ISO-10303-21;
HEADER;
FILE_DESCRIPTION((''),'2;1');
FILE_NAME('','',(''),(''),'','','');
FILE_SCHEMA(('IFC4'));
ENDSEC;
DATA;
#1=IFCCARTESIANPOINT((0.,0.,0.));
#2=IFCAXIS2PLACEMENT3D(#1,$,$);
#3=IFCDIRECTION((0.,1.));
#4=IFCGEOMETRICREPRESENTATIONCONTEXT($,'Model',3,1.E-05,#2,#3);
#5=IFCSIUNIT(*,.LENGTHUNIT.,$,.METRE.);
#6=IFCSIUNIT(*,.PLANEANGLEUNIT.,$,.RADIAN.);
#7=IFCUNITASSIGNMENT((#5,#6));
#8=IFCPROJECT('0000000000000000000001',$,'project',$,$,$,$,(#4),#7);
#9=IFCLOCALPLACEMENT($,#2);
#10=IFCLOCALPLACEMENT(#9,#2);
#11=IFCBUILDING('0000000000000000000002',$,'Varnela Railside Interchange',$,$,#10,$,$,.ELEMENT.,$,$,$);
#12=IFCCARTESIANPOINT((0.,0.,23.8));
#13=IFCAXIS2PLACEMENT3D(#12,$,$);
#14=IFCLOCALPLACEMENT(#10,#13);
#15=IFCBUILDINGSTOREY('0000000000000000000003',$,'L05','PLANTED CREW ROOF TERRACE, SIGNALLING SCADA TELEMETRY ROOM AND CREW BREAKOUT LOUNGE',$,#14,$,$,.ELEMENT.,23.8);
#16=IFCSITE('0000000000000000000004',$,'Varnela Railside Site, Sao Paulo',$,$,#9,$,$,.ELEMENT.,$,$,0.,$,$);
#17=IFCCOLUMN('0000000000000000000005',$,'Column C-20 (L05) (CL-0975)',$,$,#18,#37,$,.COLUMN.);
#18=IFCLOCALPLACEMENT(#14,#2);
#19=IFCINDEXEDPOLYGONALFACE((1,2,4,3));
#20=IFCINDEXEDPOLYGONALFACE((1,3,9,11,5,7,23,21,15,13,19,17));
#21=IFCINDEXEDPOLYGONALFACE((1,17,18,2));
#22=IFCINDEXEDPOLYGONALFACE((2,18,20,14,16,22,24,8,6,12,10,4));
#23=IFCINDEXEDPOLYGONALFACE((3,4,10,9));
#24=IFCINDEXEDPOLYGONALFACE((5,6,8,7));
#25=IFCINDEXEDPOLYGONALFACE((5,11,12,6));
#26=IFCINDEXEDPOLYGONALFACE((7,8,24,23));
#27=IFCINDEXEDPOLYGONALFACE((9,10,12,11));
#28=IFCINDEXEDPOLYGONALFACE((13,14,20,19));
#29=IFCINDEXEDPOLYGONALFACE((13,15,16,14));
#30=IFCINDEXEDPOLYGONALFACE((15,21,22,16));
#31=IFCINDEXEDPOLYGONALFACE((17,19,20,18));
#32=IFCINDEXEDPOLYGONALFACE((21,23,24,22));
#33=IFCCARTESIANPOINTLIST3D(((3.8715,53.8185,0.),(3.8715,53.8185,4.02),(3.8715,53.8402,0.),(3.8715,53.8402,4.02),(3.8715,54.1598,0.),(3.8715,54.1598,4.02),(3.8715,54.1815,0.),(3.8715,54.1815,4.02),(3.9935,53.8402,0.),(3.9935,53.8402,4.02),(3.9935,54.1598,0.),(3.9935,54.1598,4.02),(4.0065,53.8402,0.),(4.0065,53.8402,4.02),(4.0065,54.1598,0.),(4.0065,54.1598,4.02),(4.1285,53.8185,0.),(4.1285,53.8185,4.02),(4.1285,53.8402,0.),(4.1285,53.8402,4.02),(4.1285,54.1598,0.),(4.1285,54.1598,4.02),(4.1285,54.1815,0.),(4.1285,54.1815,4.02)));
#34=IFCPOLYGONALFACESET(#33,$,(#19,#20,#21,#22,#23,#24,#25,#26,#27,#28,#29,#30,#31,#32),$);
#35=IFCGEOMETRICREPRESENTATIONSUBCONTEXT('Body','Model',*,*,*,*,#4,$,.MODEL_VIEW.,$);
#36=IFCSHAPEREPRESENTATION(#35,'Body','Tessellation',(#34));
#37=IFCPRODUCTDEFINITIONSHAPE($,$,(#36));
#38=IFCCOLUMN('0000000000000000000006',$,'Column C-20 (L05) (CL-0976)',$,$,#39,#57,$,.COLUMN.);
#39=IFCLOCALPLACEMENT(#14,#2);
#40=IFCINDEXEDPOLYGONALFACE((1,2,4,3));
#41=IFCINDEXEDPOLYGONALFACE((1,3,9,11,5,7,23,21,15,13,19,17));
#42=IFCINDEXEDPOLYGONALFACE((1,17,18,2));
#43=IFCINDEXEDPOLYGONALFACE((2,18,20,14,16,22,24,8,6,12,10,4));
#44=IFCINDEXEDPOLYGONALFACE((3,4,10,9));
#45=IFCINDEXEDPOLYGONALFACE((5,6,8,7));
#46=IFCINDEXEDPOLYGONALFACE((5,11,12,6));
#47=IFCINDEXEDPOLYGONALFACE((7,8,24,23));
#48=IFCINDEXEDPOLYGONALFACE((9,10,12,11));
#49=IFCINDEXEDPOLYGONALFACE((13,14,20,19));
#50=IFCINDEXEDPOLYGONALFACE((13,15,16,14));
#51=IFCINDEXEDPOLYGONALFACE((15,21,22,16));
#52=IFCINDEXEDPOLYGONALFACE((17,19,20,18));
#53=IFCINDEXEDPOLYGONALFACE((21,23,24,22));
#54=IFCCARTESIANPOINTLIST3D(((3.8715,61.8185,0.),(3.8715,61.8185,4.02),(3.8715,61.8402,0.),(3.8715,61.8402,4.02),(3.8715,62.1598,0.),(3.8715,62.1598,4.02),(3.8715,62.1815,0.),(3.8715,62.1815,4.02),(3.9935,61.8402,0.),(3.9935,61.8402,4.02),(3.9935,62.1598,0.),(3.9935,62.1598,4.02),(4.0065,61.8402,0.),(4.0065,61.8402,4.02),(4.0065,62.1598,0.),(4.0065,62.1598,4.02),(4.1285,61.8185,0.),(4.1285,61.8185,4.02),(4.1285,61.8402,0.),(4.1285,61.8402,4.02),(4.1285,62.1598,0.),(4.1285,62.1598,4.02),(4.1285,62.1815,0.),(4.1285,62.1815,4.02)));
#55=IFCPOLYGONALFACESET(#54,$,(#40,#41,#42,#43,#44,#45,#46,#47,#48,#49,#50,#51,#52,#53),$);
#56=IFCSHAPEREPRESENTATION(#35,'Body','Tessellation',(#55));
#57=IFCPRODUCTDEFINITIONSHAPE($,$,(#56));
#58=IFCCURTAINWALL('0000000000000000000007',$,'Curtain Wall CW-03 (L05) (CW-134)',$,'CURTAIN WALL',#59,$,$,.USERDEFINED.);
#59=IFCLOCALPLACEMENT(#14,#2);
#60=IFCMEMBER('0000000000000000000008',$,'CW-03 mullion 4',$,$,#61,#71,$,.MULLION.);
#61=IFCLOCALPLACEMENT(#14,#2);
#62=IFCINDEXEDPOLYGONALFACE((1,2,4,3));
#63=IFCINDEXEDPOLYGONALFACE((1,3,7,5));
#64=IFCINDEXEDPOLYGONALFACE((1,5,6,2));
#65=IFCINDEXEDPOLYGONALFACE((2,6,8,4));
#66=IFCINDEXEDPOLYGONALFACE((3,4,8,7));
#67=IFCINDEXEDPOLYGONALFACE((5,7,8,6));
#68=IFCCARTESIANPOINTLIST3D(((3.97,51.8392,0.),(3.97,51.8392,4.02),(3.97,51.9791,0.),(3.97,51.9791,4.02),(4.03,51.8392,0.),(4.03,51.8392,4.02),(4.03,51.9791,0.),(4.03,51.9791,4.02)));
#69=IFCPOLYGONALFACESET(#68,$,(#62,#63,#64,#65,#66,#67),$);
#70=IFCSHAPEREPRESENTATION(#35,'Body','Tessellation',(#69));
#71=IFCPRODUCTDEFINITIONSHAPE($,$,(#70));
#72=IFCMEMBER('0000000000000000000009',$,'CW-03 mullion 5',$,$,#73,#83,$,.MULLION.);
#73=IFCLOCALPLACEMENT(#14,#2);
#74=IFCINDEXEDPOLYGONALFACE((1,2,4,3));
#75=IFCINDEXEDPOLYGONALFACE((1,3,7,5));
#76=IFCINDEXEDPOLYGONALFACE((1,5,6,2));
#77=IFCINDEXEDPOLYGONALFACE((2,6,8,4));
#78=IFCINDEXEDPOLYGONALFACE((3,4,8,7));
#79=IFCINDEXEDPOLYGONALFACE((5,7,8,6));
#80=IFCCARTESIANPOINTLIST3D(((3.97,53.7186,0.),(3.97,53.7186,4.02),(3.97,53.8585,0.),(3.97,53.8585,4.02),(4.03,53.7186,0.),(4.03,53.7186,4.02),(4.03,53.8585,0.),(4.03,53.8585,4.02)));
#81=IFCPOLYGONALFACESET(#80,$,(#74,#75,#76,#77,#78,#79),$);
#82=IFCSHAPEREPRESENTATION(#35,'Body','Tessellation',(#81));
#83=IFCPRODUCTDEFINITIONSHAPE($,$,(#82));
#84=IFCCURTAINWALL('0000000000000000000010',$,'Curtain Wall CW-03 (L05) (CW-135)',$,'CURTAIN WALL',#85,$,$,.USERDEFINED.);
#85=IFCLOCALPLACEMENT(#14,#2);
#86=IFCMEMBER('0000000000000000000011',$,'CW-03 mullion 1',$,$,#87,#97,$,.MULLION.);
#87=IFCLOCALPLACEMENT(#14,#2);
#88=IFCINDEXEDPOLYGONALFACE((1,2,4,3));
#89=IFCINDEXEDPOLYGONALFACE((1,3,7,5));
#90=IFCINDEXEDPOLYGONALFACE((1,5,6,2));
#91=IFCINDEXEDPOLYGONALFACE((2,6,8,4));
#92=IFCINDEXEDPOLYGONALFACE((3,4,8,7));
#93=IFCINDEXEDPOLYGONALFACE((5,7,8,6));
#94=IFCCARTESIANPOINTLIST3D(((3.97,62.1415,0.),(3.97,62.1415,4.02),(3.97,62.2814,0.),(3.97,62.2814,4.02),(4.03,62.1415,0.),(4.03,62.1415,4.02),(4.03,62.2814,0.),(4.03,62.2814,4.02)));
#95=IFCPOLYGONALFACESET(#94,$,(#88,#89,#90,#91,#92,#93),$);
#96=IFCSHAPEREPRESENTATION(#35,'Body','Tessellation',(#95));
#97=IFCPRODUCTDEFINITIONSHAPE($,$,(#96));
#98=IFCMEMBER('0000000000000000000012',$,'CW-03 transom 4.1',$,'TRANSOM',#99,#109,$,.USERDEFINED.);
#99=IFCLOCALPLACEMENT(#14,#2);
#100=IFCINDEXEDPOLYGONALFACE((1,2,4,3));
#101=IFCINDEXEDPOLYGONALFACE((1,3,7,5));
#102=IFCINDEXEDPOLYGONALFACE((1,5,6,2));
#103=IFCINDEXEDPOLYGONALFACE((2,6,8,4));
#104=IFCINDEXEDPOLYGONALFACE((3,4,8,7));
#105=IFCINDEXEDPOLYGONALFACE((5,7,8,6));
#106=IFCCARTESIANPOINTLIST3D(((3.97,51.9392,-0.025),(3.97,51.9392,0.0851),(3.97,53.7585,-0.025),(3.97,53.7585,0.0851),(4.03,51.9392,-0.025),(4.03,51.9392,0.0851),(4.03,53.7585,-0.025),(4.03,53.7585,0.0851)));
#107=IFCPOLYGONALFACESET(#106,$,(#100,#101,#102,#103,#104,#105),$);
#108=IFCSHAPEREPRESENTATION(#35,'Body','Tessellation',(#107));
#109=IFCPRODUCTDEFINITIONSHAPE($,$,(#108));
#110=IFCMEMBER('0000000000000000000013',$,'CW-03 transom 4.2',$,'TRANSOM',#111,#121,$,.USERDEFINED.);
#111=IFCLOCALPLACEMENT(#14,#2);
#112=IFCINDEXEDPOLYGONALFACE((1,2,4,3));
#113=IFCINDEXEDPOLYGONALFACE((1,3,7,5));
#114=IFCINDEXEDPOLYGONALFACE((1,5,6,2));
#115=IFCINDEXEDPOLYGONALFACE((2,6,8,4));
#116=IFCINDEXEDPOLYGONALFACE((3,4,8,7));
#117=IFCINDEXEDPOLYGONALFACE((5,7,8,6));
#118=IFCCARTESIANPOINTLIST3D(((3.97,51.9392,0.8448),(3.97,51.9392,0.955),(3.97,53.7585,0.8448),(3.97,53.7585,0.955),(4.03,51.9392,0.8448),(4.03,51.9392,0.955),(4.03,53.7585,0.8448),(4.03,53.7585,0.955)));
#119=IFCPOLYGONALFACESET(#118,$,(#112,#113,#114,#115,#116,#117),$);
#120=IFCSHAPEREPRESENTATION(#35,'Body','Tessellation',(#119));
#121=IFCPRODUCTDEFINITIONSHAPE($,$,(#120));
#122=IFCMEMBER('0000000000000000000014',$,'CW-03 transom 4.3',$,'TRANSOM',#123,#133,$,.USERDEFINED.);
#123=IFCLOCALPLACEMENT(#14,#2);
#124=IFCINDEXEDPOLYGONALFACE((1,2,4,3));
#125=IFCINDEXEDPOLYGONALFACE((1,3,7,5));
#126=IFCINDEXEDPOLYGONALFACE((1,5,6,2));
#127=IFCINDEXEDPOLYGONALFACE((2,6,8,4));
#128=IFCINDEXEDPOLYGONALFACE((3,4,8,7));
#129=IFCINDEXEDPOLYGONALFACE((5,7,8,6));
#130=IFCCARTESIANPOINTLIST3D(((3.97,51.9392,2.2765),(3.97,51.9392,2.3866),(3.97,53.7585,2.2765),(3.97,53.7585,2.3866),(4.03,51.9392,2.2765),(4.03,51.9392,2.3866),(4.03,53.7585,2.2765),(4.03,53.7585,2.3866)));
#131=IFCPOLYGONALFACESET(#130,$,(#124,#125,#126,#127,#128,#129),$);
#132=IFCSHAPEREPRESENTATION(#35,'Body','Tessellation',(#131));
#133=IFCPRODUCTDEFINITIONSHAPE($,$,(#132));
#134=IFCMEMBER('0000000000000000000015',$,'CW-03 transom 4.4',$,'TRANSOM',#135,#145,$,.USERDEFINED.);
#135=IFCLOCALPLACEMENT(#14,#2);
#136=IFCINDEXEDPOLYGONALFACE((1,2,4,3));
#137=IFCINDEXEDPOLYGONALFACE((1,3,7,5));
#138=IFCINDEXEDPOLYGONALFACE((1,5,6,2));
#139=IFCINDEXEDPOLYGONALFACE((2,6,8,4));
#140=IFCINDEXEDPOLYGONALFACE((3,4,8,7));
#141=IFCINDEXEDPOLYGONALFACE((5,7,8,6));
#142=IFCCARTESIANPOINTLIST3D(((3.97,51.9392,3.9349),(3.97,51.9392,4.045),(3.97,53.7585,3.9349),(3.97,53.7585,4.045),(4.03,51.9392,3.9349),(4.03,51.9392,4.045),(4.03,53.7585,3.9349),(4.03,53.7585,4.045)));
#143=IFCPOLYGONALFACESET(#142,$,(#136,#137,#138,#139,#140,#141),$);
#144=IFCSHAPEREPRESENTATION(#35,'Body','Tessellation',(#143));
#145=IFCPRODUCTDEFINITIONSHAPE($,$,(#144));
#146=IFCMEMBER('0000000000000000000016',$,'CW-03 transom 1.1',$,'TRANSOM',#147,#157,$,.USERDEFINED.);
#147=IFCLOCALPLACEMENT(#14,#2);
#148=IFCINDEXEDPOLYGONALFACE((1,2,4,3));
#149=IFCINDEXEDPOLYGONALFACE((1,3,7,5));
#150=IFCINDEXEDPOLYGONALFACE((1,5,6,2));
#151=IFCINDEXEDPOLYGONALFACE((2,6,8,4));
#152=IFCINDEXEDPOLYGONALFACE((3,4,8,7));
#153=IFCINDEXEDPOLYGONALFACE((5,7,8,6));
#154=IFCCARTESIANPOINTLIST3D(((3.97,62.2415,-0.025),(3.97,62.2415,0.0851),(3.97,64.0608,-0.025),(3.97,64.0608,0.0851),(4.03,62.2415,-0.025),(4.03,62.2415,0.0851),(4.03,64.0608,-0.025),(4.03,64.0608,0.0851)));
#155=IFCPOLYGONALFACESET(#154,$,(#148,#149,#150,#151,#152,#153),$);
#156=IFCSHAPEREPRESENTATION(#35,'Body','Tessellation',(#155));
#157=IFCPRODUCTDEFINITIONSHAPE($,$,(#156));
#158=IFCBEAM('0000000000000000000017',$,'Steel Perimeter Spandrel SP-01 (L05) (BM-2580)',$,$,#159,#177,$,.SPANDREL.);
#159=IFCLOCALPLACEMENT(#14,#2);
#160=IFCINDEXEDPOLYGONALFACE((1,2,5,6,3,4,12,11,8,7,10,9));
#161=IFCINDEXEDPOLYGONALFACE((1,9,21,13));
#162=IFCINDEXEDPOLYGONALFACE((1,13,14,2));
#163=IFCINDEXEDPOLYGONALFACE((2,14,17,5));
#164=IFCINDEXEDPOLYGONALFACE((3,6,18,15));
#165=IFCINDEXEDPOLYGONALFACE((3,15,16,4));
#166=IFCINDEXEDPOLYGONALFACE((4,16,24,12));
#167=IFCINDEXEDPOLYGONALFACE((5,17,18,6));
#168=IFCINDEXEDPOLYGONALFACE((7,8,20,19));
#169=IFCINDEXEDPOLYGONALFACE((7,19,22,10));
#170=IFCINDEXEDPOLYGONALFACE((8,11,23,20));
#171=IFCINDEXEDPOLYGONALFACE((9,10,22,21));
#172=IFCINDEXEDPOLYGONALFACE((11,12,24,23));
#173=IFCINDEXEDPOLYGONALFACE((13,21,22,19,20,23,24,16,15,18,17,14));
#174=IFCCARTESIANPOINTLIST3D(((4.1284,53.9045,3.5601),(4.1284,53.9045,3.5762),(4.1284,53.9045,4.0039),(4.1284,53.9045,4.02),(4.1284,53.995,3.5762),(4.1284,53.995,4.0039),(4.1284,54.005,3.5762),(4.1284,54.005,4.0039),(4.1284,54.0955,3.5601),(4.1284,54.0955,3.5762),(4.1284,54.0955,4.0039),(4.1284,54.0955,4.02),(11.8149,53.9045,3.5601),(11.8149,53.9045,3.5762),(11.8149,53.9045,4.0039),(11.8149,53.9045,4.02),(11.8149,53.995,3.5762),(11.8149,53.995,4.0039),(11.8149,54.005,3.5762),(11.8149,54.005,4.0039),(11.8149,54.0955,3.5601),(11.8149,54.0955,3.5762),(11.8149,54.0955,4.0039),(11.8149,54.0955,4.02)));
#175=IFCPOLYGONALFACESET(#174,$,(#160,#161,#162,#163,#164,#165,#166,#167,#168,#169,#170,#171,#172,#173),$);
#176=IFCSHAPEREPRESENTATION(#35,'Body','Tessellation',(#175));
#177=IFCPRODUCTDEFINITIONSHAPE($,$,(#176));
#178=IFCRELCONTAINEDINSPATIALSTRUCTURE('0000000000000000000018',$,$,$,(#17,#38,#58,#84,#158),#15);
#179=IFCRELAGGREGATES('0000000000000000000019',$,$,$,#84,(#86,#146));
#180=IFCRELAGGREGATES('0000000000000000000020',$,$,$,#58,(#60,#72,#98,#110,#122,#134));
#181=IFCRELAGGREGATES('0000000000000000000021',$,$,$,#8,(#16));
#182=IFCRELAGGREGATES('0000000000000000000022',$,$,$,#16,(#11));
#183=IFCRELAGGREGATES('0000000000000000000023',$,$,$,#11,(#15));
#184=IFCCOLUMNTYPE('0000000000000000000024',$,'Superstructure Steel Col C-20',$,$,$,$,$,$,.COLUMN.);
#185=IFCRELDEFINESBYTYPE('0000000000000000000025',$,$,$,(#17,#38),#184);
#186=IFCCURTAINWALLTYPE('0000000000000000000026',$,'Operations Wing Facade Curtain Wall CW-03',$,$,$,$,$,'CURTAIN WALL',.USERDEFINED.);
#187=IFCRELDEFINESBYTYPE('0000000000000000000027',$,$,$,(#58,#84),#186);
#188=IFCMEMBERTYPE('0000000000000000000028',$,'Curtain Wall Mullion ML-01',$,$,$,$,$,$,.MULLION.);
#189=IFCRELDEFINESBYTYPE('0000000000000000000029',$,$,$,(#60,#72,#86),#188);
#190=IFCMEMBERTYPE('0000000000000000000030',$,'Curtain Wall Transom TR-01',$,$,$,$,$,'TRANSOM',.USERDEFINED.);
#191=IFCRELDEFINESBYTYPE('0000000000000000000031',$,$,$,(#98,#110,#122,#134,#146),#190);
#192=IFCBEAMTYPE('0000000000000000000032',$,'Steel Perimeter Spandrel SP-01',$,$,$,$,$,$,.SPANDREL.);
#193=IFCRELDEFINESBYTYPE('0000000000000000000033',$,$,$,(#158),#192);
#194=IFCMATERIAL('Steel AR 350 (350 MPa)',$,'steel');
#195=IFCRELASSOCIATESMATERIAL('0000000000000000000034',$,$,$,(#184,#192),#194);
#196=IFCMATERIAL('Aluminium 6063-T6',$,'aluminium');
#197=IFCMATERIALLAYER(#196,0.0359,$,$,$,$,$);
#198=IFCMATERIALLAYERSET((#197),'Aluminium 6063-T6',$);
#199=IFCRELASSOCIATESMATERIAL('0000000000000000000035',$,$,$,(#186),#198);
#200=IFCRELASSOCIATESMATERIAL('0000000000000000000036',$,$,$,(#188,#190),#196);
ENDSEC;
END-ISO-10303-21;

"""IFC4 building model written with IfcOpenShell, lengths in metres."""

from ifc_helpers import new_model, si_unit, direction, frame, origin, origin_2d, place, context, subcontext, project, spatial, rectangle, i_section, extrude, material, layer, layer_set, material_profile, profile_set, type_object, element, aggregate, save


model = new_model("IFC4")

# Units and contexts
model_context = context("Model", 3, precision=1e-05, world=origin(), true_north=direction((0.0, 1.0)))
body_context = subcontext(model_context, "Body", "Model", "MODEL_VIEW")
ifc_project = project(units=[si_unit("LENGTHUNIT", "METRE"), si_unit("PLANEANGLEUNIT", "RADIAN")], contexts=[model_context])

# Site, building, storey
site_placement = place(None, origin())
site = spatial("IfcSite", under=ifc_project, at=site_placement, Name="Varnela Railside Site, Sao Paulo", CompositionType="ELEMENT", RefElevation=0.0)
building_placement = place(site_placement, origin())
building = spatial("IfcBuilding", under=site, at=building_placement, Name="Varnela Railside Interchange", CompositionType="ELEMENT")
storey_placement = place(building_placement, frame((0.0, 0.0, 23.8)))
storey = spatial("IfcBuildingStorey", under=building, at=storey_placement, Name="L05", Description="PLANTED CREW ROOF TERRACE, SIGNALLING SCADA TELEMETRY ROOM AND CREW BREAKOUT LOUNGE", CompositionType="ELEMENT", Elevation=23.8)

# Columns
ifc_material_1 = material(Name="Steel AR 350 (350 MPa)", Category="steel")
ifc_material_profile_1 = material_profile(ifc_material_1, i_section(OverallWidth=0.2571, OverallDepth=0.363, WebThickness=0.0129, FlangeThickness=0.0217, at=origin_2d()), Name="W360x122")
ifc_profile_set_1 = profile_set([ifc_material_profile_1], Name="Steel AR 350 (350 MPa)")
column_type = type_object("IfcColumnType", Name="Superstructure Steel Col C-20", PredefinedType="COLUMN", material=ifc_profile_set_1)
for number, where, z_axis, x_axis, name in (
    (1, (4.0, 54.0, 0.0), (0.0, 0.0, 1.0), (1.0, 0.0, 0.0), "Column C-20 (L05) (CL-0975)"),
    (2, (4.0, 62.0, 0.0), (0.0, 0.0, 1.0), (1.0, 0.0, 0.0), "Column C-20 (L05) (CL-0976)"),
):
    element("IfcColumn", number, at=place(storey_placement, frame(where, z_axis=z_axis, x_axis=x_axis)), inside=storey, type_object=column_type, Name=name, PredefinedType="COLUMN", context=body_context, shape_type="SweptSolid", body=[
        extrude(i_section(OverallWidth=0.2571, OverallDepth=0.363, WebThickness=0.0129, FlangeThickness=0.0217, at=origin_2d()), origin(), (0.0, 0.0, 1.0), 4.02),
    ])

# Curtain wall, members
ifc_material_2 = material(Name="Aluminium 6063-T6", Category="aluminium")
ifc_layer_1 = layer(ifc_material_2, 0.0359)
ifc_layer_set_1 = layer_set([ifc_layer_1], Name="Aluminium 6063-T6")
curtain_wall_type = type_object("IfcCurtainWallType", Name="Operations Wing Facade Curtain Wall CW-03", ElementType="CURTAIN WALL", PredefinedType="USERDEFINED", material=ifc_layer_set_1)
curtain_wall_1_placement = place(storey_placement, origin())
curtain_wall_1 = element("IfcCurtainWall", 3, at=curtain_wall_1_placement, inside=storey, type_object=curtain_wall_type, Name="Curtain Wall CW-03 (L05) (CW-134)", ObjectType="CURTAIN WALL", PredefinedType="USERDEFINED")
ifc_material_profile_2 = material_profile(ifc_material_2, rectangle(XDim=0.0601, YDim=0.1399, at=origin_2d()), Name="ALU 60x140")
ifc_profile_set_2 = profile_set([ifc_material_profile_2], Name="Aluminium 6063-T6")
member_type_1 = type_object("IfcMemberType", Name="Curtain Wall Mullion ML-01", PredefinedType="MULLION", material=ifc_profile_set_2)
member_1_placement = place(storey_placement, frame((4.0, 51.9092, 0.0), z_axis=(0.0, 0.0, 1.0), x_axis=(-1.0, 0.0, 0.0)))
member_1 = element("IfcMember", 4, at=member_1_placement, type_object=member_type_1, Name="CW-03 mullion 4", PredefinedType="MULLION", context=body_context, shape_type="SweptSolid", body=[
    extrude(rectangle(XDim=0.0601, YDim=0.1399, at=origin_2d()), origin(), (0.0, 0.0, 1.0), 4.02),
])
member_2_placement = place(storey_placement, frame((4.0, 53.7886, 0.0), z_axis=(0.0, 0.0, 1.0), x_axis=(-1.0, 0.0, 0.0)))
member_2 = element("IfcMember", 5, at=member_2_placement, type_object=member_type_1, Name="CW-03 mullion 5", PredefinedType="MULLION", context=body_context, shape_type="SweptSolid", body=[
    extrude(rectangle(XDim=0.0601, YDim=0.1399, at=origin_2d()), origin(), (0.0, 0.0, 1.0), 4.02),
])

# Curtain wall, member
curtain_wall_2_placement = place(storey_placement, origin())
curtain_wall_2 = element("IfcCurtainWall", 6, at=curtain_wall_2_placement, inside=storey, type_object=curtain_wall_type, Name="Curtain Wall CW-03 (L05) (CW-135)", ObjectType="CURTAIN WALL", PredefinedType="USERDEFINED")
member_3_placement = place(storey_placement, frame((4.0, 62.2114, 0.0), z_axis=(0.0, 0.0, 1.0), x_axis=(-1.0, 0.0, 0.0)))
member_3 = element("IfcMember", 7, at=member_3_placement, type_object=member_type_1, Name="CW-03 mullion 1", PredefinedType="MULLION", context=body_context, shape_type="SweptSolid", body=[
    extrude(rectangle(XDim=0.0601, YDim=0.1399, at=origin_2d()), origin(), (0.0, 0.0, 1.0), 4.02),
])

# Members
ifc_material_profile_3 = material_profile(ifc_material_2, rectangle(XDim=0.0601, YDim=0.1101, at=origin_2d()), Name="ALU 60x110")
ifc_profile_set_3 = profile_set([ifc_material_profile_3], Name="Aluminium 6063-T6")
member_type_2 = type_object("IfcMemberType", Name="Curtain Wall Transom TR-01", ElementType="TRANSOM", PredefinedType="USERDEFINED", material=ifc_profile_set_3)
member_4_placement = place(storey_placement, frame((4.0, 51.9392, 0.03), z_axis=(0.0, 1.0, 0.0), x_axis=(-1.0, 0.0, 0.0)))
member_4 = element("IfcMember", 8, at=member_4_placement, type_object=member_type_2, Name="CW-03 transom 4.1", ObjectType="TRANSOM", PredefinedType="USERDEFINED", context=body_context, shape_type="SweptSolid", body=[
    extrude(rectangle(XDim=0.0601, YDim=0.1101, at=origin_2d()), origin(), (0.0, 0.0, 1.0), 1.8193),
])
member_5_placement = place(storey_placement, frame((4.0, 51.9392, 0.8999), z_axis=(0.0, 1.0, 0.0), x_axis=(-1.0, 0.0, 0.0)))
member_5 = element("IfcMember", 9, at=member_5_placement, type_object=member_type_2, Name="CW-03 transom 4.2", ObjectType="TRANSOM", PredefinedType="USERDEFINED", context=body_context, shape_type="SweptSolid", body=[
    extrude(rectangle(XDim=0.0601, YDim=0.1101, at=origin_2d()), origin(), (0.0, 0.0, 1.0), 1.8193),
])
member_6_placement = place(storey_placement, frame((4.0, 51.9392, 2.3315), z_axis=(0.0, 1.0, 0.0), x_axis=(-1.0, 0.0, 0.0)))
member_6 = element("IfcMember", 10, at=member_6_placement, type_object=member_type_2, Name="CW-03 transom 4.3", ObjectType="TRANSOM", PredefinedType="USERDEFINED", context=body_context, shape_type="SweptSolid", body=[
    extrude(rectangle(XDim=0.0601, YDim=0.1101, at=origin_2d()), origin(), (0.0, 0.0, 1.0), 1.8193),
])
member_7_placement = place(storey_placement, frame((4.0, 51.9392, 3.99), z_axis=(0.0, 1.0, 0.0), x_axis=(-1.0, 0.0, 0.0)))
member_7 = element("IfcMember", 11, at=member_7_placement, type_object=member_type_2, Name="CW-03 transom 4.4", ObjectType="TRANSOM", PredefinedType="USERDEFINED", context=body_context, shape_type="SweptSolid", body=[
    extrude(rectangle(XDim=0.0601, YDim=0.1101, at=origin_2d()), origin(), (0.0, 0.0, 1.0), 1.8193),
])
member_8_placement = place(storey_placement, frame((4.0, 62.2415, 0.03), z_axis=(0.0, 1.0, 0.0), x_axis=(-1.0, 0.0, 0.0)))
member_8 = element("IfcMember", 12, at=member_8_placement, type_object=member_type_2, Name="CW-03 transom 1.1", ObjectType="TRANSOM", PredefinedType="USERDEFINED", context=body_context, shape_type="SweptSolid", body=[
    extrude(rectangle(XDim=0.0601, YDim=0.1101, at=origin_2d()), origin(), (0.0, 0.0, 1.0), 1.8193),
])
aggregate(curtain_wall_2, [member_3, member_8])

# Beam
ifc_material_profile_4 = material_profile(ifc_material_1, i_section(OverallWidth=0.1909, OverallDepth=0.46, WebThickness=0.01, FlangeThickness=0.0161, at=origin_2d()), Name="W460x82")
ifc_profile_set_4 = profile_set([ifc_material_profile_4], Name="Steel AR 350 (350 MPa)")
beam_type = type_object("IfcBeamType", Name="Steel Perimeter Spandrel SP-01", PredefinedType="SPANDREL", material=ifc_profile_set_4)
beam_placement = place(storey_placement, frame((4.1284, 54.0, 3.79), z_axis=(1.0, 0.0, 0.0), x_axis=(0.0, 1.0, 0.0)))
element("IfcBeam", 13, at=beam_placement, inside=storey, type_object=beam_type, Name="Steel Perimeter Spandrel SP-01 (L05) (BM-2580)", PredefinedType="SPANDREL", context=body_context, shape_type="SweptSolid", body=[
    extrude(i_section(OverallWidth=0.1909, OverallDepth=0.46, WebThickness=0.01, FlangeThickness=0.0161, at=origin_2d()), origin(), (0.0, 0.0, 1.0), 7.6865),
])

aggregate(curtain_wall_1, [member_1, member_2, member_4, member_5, member_6, member_7])

save(model, "model.ifc")
